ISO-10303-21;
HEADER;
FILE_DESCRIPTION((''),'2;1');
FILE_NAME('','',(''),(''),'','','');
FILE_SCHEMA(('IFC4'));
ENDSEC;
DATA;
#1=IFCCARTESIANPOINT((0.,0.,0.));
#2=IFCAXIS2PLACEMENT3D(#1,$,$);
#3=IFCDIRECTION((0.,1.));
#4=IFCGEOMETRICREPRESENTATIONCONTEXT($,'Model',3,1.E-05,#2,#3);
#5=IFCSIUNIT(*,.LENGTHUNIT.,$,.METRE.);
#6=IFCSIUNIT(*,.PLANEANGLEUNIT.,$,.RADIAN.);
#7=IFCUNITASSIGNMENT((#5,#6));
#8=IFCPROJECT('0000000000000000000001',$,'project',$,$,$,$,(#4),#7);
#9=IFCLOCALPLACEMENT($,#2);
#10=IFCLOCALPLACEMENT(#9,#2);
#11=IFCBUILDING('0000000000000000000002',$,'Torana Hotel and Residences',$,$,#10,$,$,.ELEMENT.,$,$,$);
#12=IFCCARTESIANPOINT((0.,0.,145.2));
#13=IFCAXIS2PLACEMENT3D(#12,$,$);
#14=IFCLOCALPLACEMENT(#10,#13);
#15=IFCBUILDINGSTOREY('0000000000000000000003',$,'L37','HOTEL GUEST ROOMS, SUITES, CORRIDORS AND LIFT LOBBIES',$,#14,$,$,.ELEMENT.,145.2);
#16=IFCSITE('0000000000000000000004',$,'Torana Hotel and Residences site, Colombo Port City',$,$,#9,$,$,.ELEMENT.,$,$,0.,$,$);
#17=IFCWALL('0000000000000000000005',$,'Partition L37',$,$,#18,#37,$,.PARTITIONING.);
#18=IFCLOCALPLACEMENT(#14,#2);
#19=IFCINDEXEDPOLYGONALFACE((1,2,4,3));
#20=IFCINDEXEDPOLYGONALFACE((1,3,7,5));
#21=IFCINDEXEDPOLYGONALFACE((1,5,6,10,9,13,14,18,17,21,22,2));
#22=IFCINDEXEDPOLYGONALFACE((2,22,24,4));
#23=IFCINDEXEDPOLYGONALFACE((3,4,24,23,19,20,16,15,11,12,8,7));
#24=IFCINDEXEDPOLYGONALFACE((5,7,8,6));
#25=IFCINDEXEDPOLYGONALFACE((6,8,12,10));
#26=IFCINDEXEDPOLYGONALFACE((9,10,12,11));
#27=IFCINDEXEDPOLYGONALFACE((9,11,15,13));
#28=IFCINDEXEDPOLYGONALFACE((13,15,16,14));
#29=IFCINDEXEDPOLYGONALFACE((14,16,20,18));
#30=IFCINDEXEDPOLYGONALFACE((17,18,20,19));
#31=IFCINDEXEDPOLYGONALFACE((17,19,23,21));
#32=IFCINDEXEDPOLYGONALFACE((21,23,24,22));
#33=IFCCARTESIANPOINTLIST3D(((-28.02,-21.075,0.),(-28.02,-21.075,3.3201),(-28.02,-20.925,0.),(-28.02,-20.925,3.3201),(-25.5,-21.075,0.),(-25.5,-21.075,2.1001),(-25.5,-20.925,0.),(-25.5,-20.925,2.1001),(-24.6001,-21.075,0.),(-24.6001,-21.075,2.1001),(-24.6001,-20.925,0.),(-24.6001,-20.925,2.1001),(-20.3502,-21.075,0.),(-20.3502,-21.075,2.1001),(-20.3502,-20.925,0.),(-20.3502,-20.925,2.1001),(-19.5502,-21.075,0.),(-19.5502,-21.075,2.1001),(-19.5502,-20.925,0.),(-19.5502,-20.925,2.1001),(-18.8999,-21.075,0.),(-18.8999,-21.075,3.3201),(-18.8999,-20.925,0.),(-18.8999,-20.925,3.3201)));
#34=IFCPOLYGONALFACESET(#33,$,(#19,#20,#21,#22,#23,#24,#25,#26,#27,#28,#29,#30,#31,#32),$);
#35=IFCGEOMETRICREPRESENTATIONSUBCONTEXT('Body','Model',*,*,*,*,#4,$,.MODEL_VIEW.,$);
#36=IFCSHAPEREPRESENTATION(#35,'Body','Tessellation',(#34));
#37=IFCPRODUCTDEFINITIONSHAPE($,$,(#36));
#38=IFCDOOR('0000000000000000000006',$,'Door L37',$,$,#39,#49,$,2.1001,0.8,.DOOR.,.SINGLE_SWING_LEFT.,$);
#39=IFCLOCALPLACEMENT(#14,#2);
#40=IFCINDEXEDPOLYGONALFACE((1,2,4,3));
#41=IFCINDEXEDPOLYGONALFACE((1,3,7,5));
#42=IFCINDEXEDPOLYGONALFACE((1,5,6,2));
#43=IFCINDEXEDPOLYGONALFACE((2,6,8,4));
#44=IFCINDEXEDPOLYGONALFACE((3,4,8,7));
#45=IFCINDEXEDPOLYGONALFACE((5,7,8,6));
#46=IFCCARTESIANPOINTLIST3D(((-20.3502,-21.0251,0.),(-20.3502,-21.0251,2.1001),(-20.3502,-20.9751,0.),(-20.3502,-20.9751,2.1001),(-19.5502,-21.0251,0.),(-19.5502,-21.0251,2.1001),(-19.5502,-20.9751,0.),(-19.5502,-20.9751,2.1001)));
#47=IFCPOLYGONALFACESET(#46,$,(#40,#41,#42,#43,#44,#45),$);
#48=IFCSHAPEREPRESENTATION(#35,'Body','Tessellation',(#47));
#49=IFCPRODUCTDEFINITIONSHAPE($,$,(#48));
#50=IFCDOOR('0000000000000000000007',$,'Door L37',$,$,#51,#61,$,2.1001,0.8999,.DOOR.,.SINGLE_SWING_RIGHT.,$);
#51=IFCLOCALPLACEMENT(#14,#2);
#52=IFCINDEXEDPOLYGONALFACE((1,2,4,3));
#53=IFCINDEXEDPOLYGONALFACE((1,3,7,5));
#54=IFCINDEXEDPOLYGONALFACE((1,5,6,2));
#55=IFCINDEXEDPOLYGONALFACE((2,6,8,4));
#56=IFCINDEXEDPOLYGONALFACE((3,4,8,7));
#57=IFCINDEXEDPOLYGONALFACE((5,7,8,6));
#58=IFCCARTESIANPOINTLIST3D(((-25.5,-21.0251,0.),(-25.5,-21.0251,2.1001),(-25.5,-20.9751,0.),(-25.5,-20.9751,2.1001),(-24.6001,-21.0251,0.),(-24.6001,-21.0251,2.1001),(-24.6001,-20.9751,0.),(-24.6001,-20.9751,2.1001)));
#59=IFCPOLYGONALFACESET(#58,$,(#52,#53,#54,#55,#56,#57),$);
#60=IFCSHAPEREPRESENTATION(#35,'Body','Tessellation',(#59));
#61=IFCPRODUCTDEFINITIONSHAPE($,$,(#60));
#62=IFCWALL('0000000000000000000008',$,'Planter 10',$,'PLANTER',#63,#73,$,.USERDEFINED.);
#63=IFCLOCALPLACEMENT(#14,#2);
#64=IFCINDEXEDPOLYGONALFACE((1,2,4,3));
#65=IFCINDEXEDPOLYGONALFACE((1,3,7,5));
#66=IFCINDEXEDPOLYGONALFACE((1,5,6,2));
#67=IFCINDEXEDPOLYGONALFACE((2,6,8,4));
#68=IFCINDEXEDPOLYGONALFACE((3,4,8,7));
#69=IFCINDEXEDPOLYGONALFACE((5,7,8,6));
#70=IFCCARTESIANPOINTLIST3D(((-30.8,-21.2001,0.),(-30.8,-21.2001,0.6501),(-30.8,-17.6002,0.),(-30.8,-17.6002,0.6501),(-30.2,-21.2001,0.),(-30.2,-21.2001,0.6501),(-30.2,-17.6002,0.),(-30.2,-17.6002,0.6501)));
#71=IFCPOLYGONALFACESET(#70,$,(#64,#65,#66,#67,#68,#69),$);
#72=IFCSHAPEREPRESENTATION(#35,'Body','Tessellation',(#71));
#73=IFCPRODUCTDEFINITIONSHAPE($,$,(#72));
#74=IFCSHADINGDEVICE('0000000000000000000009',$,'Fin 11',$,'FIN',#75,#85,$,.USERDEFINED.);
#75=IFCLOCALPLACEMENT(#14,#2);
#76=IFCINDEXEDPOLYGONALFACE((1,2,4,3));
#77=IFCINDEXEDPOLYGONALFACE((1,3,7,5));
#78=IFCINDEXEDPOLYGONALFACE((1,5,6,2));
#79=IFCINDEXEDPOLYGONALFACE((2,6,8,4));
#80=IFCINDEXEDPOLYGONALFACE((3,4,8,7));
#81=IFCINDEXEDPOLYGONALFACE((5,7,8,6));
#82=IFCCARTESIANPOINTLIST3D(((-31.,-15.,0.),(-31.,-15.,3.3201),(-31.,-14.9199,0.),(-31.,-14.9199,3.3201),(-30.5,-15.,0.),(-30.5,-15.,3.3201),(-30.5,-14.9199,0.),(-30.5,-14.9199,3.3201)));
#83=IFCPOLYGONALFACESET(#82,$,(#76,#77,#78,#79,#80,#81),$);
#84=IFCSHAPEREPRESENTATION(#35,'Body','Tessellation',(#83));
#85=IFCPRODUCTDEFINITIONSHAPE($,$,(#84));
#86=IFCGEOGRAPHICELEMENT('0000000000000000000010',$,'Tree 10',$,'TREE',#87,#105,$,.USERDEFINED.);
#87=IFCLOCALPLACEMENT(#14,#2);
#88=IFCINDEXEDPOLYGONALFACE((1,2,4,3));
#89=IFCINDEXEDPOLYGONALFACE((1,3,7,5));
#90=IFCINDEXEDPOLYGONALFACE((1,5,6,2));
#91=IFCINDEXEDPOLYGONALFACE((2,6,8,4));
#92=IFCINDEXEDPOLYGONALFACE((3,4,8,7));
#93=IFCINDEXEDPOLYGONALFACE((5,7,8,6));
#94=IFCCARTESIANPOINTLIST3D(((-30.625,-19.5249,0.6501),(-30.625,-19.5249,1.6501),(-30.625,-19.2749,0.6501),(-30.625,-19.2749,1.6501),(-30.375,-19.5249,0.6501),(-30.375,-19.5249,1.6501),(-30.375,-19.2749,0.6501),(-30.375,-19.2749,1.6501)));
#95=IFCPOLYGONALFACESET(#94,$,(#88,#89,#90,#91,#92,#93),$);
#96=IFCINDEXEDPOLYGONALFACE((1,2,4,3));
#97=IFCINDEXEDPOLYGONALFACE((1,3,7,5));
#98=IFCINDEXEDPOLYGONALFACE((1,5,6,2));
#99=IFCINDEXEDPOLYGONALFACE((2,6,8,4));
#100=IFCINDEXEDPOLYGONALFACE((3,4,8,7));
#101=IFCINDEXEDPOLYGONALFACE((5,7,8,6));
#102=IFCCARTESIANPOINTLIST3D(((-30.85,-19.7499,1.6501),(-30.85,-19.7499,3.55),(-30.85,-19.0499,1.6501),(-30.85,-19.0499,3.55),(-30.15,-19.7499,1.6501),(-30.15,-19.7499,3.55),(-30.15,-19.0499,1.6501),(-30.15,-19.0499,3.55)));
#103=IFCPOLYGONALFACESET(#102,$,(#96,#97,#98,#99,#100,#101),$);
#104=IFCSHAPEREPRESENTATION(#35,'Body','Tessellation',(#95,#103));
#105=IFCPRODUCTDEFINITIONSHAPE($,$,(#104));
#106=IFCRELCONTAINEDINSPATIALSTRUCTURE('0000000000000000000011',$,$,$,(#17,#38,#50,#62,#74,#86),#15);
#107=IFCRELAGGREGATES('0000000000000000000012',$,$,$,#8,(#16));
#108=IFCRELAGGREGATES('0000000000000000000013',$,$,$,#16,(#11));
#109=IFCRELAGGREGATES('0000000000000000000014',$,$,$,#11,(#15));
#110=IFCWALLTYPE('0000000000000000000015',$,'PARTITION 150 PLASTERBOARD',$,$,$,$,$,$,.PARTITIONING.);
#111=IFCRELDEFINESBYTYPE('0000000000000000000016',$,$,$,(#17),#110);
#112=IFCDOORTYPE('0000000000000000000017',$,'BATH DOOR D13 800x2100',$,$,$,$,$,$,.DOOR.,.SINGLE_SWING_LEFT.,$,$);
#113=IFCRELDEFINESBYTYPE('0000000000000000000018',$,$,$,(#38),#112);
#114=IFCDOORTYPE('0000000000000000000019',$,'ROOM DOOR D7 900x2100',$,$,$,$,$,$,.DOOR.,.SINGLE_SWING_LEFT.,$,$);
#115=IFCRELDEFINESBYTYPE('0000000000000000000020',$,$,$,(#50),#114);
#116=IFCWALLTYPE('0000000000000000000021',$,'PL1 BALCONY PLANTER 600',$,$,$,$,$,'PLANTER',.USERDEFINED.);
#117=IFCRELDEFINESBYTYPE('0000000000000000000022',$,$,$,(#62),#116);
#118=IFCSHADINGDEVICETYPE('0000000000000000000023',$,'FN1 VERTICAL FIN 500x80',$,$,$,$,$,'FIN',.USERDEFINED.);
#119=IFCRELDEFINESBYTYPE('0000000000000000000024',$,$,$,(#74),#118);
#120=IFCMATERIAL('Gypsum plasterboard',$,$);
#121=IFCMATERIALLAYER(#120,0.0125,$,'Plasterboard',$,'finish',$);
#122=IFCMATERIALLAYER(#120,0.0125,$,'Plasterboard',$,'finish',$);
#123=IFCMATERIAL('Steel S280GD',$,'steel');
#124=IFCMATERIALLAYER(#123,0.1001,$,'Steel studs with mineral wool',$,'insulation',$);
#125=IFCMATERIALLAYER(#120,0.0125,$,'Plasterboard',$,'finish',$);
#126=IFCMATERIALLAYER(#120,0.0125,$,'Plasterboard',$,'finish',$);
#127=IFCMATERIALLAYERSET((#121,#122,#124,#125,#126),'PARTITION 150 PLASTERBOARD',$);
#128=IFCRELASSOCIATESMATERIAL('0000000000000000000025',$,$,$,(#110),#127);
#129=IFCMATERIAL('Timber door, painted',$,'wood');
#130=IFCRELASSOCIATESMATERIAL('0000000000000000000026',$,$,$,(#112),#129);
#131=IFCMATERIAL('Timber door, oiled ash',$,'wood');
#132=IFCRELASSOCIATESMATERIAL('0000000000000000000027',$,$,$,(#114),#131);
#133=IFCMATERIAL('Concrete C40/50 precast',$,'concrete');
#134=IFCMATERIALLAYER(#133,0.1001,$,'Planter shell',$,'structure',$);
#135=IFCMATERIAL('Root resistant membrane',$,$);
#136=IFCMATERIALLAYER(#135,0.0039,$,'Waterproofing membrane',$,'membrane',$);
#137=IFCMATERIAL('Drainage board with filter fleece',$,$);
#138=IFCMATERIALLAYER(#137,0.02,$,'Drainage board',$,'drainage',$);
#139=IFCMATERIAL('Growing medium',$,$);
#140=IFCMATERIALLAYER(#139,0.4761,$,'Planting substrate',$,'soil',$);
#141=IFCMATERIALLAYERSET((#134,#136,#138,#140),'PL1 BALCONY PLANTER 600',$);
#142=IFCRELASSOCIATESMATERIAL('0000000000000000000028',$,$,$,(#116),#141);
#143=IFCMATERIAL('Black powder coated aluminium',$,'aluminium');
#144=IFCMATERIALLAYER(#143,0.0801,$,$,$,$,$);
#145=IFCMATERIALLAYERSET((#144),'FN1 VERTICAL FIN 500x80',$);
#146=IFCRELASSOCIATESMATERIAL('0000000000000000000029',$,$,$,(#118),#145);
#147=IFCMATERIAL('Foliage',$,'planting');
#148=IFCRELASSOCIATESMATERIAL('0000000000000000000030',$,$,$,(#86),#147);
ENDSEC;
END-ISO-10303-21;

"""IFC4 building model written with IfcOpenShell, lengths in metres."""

from ifc_helpers import new_model, si_unit, direction, frame, frame_2d, origin, origin_2d, place, context, subcontext, project, spatial, rectangle, extrude, material, layer, layer_set, type_object, element, fill, save


model = new_model("IFC4")

# Units and contexts
model_context = context("Model", 3, precision=1e-05, world=origin(), true_north=direction((0.0, 1.0)))
body_context = subcontext(model_context, "Body", "Model", "MODEL_VIEW")
ifc_project = project(units=[si_unit("LENGTHUNIT", "METRE"), si_unit("PLANEANGLEUNIT", "RADIAN")], contexts=[model_context])

# Site, building, storey
site_placement = place(None, origin())
site = spatial("IfcSite", under=ifc_project, at=site_placement, Name="Torana Hotel and Residences site, Colombo Port City", CompositionType="ELEMENT", RefElevation=0.0)
building_placement = place(site_placement, origin())
building = spatial("IfcBuilding", under=site, at=building_placement, Name="Torana Hotel and Residences", CompositionType="ELEMENT")
storey_placement = place(building_placement, frame((0.0, 0.0, 145.2)))
storey = spatial("IfcBuildingStorey", under=building, at=storey_placement, Name="L37", Description="HOTEL GUEST ROOMS, SUITES, CORRIDORS AND LIFT LOBBIES", CompositionType="ELEMENT", Elevation=145.2)

# Wall, openings, doors
ifc_material_1 = material(Name="Gypsum plasterboard")
ifc_layer_1 = layer(ifc_material_1, 0.0125, Name="Plasterboard", Category="finish")
ifc_layer_2 = layer(ifc_material_1, 0.0125, Name="Plasterboard", Category="finish")
ifc_material_2 = material(Name="Steel S280GD", Category="steel")
ifc_layer_3 = layer(ifc_material_2, 0.1001, Name="Steel studs with mineral wool", Category="insulation")
ifc_layer_4 = layer(ifc_material_1, 0.0125, Name="Plasterboard", Category="finish")
ifc_layer_5 = layer(ifc_material_1, 0.0125, Name="Plasterboard", Category="finish")
ifc_layer_set_1 = layer_set([ifc_layer_1, ifc_layer_2, ifc_layer_3, ifc_layer_4, ifc_layer_5], Name="PARTITION 150 PLASTERBOARD")
wall_type_1 = type_object("IfcWallType", Name="PARTITION 150 PLASTERBOARD", PredefinedType="PARTITIONING", material=ifc_layer_set_1)
wall_1_placement = place(storey_placement, frame((-28.02, -21.0, 0.0), z_axis=(0.0, 0.0, 1.0), x_axis=(1.0, 0.0, 0.0)))
wall_1 = element("IfcWall", 1, at=wall_1_placement, inside=storey, type_object=wall_type_1, Name="Partition L37", PredefinedType="PARTITIONING", context=body_context, shape_type="SweptSolid", body=[
    extrude(rectangle(XDim=9.1201, YDim=0.1499, at=frame_2d((4.5601, 0.0))), origin(), (0.0, 0.0, 1.0), 3.3201),
])
opening_1_placement = place(wall_1_placement, frame((7.6699, 0.0, 0.0)))
opening_1 = element("IfcOpeningElement", 2, at=opening_1_placement, cuts=wall_1, PredefinedType="OPENING", context=body_context, shape_type="SweptSolid", body=[
    extrude(rectangle(XDim=0.8, YDim=2.1001, at=frame_2d((0.3999, 1.05))), frame((0.0, 0.085, 0.0), z_axis=(0.0, -1.0, 0.0), x_axis=(1.0, 0.0, 0.0)), (0.0, 0.0, 1.0), 0.1699),
])
opening_2_placement = place(wall_1_placement, frame((2.52, 0.0, 0.0)))
opening_2 = element("IfcOpeningElement", 3, at=opening_2_placement, cuts=wall_1, PredefinedType="OPENING", context=body_context, shape_type="SweptSolid", body=[
    extrude(rectangle(XDim=0.8999, YDim=2.1001, at=frame_2d((0.45, 1.05))), frame((0.0, 0.085, 0.0), z_axis=(0.0, -1.0, 0.0), x_axis=(1.0, 0.0, 0.0)), (0.0, 0.0, 1.0), 0.1699),
])
ifc_material_3 = material(Name="Timber door, painted", Category="wood")
door_type_1 = type_object("IfcDoorType", Name="BATH DOOR D13 800x2100", OperationType="SINGLE_SWING_LEFT", PredefinedType="DOOR", material=ifc_material_3)
door_1_placement = place(opening_1_placement, origin())
door_1 = element("IfcDoor", 4, at=door_1_placement, inside=storey, type_object=door_type_1, Name="Door L37", OperationType="SINGLE_SWING_LEFT", OverallHeight=2.1001, OverallWidth=0.8, PredefinedType="DOOR", context=body_context, shape_type="SweptSolid", body=[
    extrude(rectangle(XDim=0.8, YDim=2.1001, at=frame_2d((0.3999, 1.05))), frame((0.0, 0.0249, 0.0), z_axis=(0.0, -1.0, 0.0), x_axis=(1.0, 0.0, 0.0)), (0.0, 0.0, 1.0), 0.05),
])
fill(opening_1, door_1)
ifc_material_4 = material(Name="Timber door, oiled ash", Category="wood")
door_type_2 = type_object("IfcDoorType", Name="ROOM DOOR D7 900x2100", OperationType="SINGLE_SWING_LEFT", PredefinedType="DOOR", material=ifc_material_4)
door_2_placement = place(opening_2_placement, origin())
door_2 = element("IfcDoor", 5, at=door_2_placement, inside=storey, type_object=door_type_2, Name="Door L37", OperationType="SINGLE_SWING_RIGHT", OverallHeight=2.1001, OverallWidth=0.8999, PredefinedType="DOOR", context=body_context, shape_type="SweptSolid", body=[
    extrude(rectangle(XDim=0.8999, YDim=2.1001, at=frame_2d((0.45, 1.05))), frame((0.0, 0.0249, 0.0), z_axis=(0.0, -1.0, 0.0), x_axis=(1.0, 0.0, 0.0)), (0.0, 0.0, 1.0), 0.05),
])
fill(opening_2, door_2)

# Wall
ifc_material_5 = material(Name="Concrete C40/50 precast", Category="concrete")
ifc_layer_6 = layer(ifc_material_5, 0.1001, Name="Planter shell", Category="structure")
ifc_material_6 = material(Name="Root resistant membrane")
ifc_layer_7 = layer(ifc_material_6, 0.0039, Name="Waterproofing membrane", Category="membrane")
ifc_material_7 = material(Name="Drainage board with filter fleece")
ifc_layer_8 = layer(ifc_material_7, 0.02, Name="Drainage board", Category="drainage")
ifc_material_8 = material(Name="Growing medium")
ifc_layer_9 = layer(ifc_material_8, 0.4761, Name="Planting substrate", Category="soil")
ifc_layer_set_2 = layer_set([ifc_layer_6, ifc_layer_7, ifc_layer_8, ifc_layer_9], Name="PL1 BALCONY PLANTER 600")
wall_type_2 = type_object("IfcWallType", Name="PL1 BALCONY PLANTER 600", ElementType="PLANTER", PredefinedType="USERDEFINED", material=ifc_layer_set_2)
wall_2_placement = place(storey_placement, frame((-30.5, -21.2, 0.0), z_axis=(0.0, 0.0, 1.0), x_axis=(0.0, 1.0, 0.0)))
element("IfcWall", 6, at=wall_2_placement, inside=storey, type_object=wall_type_2, Name="Planter 10", ObjectType="PLANTER", PredefinedType="USERDEFINED", context=body_context, shape_type="SweptSolid", body=[
    extrude(rectangle(XDim=3.5999, YDim=0.6001, at=frame_2d((1.7998, 0.0))), origin(), (0.0, 0.0, 1.0), 0.6501),
])

# Shading device
ifc_material_9 = material(Name="Black powder coated aluminium", Category="aluminium")
ifc_layer_10 = layer(ifc_material_9, 0.0801)
ifc_layer_set_3 = layer_set([ifc_layer_10], Name="FN1 VERTICAL FIN 500x80")
shading_device_type = type_object("IfcShadingDeviceType", Name="FN1 VERTICAL FIN 500x80", ElementType="FIN", PredefinedType="USERDEFINED", material=ifc_layer_set_3)
shading_device_placement = place(storey_placement, frame((-30.75, -14.96, 0.0), z_axis=(0.0, 0.0, 1.0), x_axis=(0.0, 1.0, 0.0)))
element("IfcShadingDevice", 7, at=shading_device_placement, inside=storey, type_object=shading_device_type, Name="Fin 11", ObjectType="FIN", PredefinedType="USERDEFINED", context=body_context, shape_type="SweptSolid", body=[
    extrude(rectangle(XDim=0.0801, YDim=0.5, at=origin_2d()), origin(), (0.0, 0.0, 1.0), 3.3201),
])

# Geographic element
ifc_material_10 = material(Name="Foliage", Category="planting")
geographic_element_placement = place(storey_placement, frame((-30.5, -19.3999, 0.6501), z_axis=(0.0, 0.0, 1.0), x_axis=(1.0, 0.0, 0.0)))
element("IfcGeographicElement", 8, at=geographic_element_placement, inside=storey, material=ifc_material_10, Name="Tree 10", ObjectType="TREE", PredefinedType="USERDEFINED", context=body_context, shape_type="SweptSolid", body=[
    extrude(rectangle(XDim=0.25, YDim=0.25, at=origin_2d()), origin(), (0.0, 0.0, 1.0), 1.0),
    extrude(rectangle(XDim=0.7, YDim=0.7, at=origin_2d()), frame((0.0, 0.0, 1.0)), (0.0, 0.0, 1.0), 1.8999),
])

save(model, "model.ifc")
